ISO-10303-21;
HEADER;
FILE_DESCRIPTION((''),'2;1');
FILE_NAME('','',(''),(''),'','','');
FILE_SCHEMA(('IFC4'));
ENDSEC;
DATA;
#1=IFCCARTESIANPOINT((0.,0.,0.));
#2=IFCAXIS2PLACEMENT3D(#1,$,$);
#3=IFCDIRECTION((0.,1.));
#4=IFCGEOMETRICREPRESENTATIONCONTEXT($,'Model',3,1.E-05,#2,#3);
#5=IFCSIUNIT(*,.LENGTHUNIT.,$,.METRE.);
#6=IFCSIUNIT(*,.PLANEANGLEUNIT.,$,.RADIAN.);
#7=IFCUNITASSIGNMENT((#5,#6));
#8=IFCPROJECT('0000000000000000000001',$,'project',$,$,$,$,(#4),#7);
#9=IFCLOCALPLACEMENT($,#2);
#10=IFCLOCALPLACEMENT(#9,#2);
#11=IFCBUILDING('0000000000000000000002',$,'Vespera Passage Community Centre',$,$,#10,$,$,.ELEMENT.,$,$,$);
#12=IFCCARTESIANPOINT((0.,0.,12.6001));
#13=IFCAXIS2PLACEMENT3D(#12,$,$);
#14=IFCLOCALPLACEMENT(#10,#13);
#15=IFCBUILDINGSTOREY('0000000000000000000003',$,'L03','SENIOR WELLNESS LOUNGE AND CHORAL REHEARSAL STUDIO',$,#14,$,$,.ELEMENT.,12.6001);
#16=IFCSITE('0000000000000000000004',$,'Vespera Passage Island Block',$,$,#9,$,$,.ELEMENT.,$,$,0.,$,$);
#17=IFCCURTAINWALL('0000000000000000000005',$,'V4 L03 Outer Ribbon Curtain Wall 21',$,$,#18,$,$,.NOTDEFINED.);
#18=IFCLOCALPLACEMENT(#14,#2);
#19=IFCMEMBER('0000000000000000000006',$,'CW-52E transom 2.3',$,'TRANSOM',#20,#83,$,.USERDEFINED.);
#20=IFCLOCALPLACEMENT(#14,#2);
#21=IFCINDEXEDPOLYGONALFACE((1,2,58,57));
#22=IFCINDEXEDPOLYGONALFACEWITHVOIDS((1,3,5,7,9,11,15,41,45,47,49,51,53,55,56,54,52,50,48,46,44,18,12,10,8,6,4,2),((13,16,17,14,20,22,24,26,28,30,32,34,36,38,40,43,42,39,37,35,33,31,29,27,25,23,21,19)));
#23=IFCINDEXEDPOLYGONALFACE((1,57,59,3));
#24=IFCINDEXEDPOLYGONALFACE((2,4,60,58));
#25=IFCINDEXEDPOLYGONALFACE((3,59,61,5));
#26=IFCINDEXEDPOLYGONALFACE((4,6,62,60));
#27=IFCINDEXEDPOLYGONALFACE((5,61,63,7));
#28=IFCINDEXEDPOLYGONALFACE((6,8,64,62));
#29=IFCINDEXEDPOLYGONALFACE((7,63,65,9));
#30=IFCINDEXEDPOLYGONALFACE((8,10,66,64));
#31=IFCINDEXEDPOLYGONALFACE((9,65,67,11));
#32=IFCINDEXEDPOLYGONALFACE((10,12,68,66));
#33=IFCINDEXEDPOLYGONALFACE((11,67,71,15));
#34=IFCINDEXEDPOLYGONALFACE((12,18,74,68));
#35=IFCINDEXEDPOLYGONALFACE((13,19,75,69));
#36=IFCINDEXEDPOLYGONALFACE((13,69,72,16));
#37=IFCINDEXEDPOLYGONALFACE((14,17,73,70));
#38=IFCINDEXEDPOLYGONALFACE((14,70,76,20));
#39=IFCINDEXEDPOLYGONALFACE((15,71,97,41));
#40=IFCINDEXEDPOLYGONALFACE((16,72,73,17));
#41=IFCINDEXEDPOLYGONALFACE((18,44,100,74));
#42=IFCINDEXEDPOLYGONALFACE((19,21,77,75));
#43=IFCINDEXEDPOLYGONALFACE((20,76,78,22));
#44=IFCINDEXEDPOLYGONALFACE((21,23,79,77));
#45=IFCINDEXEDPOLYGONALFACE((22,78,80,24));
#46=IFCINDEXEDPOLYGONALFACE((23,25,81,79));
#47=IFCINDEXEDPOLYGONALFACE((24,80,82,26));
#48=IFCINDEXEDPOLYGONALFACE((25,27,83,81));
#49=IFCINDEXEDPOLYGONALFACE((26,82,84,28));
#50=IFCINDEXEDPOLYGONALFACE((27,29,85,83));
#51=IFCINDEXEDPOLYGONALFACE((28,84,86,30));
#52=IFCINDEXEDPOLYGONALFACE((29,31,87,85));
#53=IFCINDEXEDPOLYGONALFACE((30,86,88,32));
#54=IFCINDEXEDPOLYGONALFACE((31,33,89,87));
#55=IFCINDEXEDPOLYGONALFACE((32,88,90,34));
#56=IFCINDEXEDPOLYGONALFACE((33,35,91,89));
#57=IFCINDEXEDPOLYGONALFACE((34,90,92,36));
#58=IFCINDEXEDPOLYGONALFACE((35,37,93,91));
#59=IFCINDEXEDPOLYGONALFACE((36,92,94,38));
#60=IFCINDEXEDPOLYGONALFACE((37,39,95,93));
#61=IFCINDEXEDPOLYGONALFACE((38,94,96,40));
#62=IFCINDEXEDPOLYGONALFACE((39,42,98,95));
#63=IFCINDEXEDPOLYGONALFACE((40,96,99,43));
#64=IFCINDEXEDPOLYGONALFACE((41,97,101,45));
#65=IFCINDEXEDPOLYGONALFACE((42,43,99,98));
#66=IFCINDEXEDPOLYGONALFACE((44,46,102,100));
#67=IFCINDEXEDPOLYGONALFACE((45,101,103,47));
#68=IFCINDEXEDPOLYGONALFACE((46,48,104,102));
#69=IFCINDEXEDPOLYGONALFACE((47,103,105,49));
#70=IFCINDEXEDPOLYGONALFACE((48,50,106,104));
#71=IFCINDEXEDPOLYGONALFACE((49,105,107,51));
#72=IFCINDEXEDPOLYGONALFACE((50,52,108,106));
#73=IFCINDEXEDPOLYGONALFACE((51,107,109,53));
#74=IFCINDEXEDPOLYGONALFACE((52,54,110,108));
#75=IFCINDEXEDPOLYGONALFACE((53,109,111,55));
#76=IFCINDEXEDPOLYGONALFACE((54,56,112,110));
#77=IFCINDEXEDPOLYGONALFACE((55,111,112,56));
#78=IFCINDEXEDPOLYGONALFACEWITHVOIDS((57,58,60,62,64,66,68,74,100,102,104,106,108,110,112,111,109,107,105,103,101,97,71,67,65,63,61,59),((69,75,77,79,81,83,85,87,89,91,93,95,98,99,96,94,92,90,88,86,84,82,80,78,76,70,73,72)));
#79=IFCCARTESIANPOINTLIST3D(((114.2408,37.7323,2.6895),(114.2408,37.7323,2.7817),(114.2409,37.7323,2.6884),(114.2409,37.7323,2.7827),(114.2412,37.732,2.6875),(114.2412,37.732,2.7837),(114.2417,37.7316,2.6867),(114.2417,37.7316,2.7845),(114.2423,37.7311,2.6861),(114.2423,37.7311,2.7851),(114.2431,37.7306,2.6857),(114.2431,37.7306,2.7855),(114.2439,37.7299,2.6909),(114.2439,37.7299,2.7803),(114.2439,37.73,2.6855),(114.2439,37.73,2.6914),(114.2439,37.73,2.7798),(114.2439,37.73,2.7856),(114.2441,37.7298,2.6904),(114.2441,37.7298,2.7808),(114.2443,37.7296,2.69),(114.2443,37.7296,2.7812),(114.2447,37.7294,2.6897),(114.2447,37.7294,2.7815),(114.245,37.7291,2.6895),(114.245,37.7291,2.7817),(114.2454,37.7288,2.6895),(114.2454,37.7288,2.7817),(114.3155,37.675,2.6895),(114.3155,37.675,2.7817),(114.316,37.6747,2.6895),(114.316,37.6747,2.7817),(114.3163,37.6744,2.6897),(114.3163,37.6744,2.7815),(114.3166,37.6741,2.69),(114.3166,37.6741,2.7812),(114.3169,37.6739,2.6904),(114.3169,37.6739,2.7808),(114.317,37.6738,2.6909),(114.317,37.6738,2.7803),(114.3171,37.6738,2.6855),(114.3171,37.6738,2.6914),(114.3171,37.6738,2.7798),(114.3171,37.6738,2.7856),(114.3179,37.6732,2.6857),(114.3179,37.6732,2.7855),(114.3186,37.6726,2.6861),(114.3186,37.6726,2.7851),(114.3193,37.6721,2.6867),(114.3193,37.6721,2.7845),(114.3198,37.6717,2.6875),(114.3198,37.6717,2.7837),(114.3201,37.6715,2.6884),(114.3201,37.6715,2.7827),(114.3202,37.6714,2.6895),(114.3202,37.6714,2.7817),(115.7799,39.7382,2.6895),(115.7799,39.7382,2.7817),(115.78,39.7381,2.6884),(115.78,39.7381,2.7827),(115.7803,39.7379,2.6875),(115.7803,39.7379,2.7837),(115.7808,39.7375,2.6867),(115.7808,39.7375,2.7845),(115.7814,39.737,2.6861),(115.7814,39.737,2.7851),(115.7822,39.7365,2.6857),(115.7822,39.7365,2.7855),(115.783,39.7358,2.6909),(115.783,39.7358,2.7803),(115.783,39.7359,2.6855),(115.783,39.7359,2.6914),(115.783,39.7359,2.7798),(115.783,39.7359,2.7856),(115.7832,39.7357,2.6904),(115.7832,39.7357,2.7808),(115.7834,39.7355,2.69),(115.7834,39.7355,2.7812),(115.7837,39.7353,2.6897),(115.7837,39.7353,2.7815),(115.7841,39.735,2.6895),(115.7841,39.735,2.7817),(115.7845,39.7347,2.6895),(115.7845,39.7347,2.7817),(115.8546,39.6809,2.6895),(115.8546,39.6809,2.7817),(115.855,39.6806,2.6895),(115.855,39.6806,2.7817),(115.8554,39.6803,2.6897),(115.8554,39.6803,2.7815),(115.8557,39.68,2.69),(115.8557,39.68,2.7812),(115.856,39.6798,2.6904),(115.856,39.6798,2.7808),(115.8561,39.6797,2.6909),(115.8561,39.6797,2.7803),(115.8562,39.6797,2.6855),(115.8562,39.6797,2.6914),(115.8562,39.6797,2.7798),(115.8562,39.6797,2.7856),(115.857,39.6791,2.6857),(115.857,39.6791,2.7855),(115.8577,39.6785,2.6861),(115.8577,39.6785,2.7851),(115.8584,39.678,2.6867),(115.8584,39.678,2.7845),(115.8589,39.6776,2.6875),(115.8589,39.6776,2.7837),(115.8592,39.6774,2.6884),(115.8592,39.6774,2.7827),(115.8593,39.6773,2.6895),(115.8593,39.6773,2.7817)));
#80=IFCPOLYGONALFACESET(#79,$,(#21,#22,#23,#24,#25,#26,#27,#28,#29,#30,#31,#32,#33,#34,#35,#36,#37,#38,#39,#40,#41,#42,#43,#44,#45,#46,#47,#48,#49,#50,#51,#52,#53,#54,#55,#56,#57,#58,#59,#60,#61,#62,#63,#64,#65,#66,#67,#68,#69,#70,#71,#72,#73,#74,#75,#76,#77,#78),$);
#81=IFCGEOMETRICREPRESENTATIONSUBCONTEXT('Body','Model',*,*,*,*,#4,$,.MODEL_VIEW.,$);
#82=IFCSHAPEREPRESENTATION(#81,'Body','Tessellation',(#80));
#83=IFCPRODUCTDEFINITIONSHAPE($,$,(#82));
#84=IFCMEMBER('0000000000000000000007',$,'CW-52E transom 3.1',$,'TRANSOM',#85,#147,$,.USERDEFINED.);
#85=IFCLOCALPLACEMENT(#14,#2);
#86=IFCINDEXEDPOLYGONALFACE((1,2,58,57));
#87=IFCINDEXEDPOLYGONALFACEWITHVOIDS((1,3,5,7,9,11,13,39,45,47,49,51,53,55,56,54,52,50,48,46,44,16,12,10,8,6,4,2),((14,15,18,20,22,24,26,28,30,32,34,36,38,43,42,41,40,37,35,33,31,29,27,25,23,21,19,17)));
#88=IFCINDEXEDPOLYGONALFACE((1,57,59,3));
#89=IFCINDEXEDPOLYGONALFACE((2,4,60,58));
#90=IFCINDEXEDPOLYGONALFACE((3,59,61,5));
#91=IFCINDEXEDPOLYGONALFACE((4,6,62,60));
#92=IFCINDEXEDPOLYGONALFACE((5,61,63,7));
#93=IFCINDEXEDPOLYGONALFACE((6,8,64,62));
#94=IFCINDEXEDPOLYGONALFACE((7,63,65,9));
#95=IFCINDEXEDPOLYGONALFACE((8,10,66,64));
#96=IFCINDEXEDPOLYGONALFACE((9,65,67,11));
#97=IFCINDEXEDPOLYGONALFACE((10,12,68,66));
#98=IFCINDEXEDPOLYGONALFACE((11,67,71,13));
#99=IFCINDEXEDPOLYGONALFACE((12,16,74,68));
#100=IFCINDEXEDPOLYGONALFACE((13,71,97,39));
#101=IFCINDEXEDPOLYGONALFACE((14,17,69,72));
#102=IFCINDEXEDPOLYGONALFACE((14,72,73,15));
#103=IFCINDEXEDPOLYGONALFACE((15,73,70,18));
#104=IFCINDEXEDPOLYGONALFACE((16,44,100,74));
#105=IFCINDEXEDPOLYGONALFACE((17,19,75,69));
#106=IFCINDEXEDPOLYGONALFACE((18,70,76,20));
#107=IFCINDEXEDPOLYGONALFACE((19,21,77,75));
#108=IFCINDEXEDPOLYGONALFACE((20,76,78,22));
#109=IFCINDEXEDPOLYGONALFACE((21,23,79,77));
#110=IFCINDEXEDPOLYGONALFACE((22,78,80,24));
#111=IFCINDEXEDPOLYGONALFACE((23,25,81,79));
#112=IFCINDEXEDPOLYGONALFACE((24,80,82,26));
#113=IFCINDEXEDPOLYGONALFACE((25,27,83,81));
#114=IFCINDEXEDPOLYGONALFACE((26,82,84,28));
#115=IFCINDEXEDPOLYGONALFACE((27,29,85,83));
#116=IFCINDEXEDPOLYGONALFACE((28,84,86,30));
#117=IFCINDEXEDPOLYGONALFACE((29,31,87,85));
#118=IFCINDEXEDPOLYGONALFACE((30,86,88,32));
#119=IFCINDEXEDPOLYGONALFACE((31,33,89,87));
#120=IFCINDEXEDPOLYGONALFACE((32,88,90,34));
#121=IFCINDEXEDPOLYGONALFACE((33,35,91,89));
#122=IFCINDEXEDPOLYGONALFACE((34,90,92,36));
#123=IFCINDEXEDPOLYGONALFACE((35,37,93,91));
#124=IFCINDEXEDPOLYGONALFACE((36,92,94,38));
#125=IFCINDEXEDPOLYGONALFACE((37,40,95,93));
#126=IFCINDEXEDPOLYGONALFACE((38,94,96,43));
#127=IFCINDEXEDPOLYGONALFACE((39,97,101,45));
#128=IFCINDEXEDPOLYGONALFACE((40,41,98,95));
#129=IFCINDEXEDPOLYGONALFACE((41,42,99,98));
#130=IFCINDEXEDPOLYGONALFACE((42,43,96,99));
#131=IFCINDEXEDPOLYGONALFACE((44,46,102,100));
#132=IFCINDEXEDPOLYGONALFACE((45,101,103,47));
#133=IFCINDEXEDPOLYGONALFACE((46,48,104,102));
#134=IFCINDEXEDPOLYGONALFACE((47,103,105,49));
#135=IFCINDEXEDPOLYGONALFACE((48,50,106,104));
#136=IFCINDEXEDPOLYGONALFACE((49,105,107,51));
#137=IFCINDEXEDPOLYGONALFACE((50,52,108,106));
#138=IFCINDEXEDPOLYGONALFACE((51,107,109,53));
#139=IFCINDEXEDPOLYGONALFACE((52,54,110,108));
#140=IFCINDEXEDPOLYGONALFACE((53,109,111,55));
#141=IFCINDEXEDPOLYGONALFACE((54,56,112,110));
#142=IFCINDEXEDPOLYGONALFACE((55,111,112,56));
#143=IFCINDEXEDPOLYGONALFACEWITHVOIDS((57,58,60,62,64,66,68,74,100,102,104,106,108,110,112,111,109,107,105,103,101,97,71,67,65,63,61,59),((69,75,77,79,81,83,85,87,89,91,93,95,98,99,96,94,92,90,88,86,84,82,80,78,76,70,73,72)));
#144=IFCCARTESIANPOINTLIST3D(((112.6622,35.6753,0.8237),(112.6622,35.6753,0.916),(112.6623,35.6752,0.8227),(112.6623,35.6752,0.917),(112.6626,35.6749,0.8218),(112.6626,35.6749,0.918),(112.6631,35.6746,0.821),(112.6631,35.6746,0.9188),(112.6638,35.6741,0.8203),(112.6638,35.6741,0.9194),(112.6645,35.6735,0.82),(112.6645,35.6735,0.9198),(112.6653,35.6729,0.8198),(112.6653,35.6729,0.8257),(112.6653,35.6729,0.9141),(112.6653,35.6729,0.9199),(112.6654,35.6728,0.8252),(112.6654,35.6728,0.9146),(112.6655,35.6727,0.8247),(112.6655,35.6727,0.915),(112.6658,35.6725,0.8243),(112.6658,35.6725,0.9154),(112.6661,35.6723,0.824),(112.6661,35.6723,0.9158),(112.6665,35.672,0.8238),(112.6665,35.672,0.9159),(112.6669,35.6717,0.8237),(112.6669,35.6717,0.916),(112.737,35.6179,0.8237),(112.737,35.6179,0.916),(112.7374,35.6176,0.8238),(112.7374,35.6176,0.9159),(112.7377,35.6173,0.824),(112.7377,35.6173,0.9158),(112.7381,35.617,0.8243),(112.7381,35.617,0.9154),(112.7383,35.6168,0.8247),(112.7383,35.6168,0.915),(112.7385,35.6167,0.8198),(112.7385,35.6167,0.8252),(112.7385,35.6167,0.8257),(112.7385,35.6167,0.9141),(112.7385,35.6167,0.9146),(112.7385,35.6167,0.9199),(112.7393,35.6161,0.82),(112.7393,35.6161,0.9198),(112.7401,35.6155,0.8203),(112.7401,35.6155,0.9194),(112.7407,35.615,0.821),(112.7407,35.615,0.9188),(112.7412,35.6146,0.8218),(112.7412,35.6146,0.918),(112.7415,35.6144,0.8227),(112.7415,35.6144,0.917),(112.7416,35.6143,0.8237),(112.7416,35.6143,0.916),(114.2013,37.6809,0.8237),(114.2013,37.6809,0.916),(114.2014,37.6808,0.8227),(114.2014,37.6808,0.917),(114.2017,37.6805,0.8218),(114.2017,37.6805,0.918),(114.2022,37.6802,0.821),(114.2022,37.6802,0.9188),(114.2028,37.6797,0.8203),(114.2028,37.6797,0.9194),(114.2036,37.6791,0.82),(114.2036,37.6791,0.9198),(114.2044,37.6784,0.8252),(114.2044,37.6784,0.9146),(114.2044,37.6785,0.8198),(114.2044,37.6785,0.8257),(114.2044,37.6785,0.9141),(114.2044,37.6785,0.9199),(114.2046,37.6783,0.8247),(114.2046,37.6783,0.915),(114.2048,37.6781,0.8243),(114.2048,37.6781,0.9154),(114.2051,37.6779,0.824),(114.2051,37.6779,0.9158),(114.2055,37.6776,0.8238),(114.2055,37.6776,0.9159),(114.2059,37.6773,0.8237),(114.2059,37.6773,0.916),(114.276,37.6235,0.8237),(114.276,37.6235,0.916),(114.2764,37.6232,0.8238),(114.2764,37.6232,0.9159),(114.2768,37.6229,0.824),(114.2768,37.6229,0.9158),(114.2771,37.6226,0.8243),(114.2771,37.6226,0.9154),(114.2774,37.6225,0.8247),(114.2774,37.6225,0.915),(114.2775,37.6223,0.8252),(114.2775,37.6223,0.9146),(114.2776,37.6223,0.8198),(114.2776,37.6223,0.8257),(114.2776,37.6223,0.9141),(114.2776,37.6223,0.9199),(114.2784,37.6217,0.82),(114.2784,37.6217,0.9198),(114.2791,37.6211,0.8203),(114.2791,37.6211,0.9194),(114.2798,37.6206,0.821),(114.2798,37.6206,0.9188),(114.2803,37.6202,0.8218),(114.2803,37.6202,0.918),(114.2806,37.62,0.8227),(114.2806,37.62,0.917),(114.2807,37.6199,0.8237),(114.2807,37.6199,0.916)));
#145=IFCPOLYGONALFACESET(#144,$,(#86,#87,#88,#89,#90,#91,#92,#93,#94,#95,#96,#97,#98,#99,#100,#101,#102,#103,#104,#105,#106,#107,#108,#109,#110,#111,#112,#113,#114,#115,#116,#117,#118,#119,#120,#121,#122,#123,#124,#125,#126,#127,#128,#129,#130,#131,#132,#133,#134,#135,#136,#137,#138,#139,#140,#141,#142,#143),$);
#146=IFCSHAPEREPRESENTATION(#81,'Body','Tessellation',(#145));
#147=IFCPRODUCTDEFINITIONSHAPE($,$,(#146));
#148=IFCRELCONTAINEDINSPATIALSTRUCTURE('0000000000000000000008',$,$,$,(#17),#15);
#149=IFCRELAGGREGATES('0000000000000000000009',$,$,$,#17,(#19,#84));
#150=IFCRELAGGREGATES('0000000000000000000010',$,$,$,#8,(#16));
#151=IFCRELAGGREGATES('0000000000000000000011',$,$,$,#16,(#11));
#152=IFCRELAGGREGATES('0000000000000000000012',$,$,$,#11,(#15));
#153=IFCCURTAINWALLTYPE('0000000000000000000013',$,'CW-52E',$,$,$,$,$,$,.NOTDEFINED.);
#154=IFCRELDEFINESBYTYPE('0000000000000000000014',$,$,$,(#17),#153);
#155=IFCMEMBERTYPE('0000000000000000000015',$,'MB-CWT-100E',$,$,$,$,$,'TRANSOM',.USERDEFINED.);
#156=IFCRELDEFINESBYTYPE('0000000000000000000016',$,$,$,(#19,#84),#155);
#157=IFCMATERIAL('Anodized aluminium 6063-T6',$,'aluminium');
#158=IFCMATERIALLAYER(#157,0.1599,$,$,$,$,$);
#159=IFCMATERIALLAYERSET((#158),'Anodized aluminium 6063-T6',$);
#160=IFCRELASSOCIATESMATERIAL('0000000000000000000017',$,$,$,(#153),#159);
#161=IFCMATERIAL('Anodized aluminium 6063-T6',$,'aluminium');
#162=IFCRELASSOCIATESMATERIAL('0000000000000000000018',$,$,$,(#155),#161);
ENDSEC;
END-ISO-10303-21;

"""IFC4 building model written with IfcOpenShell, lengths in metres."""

from ifc_helpers import new_model, si_unit, direction, frame, origin, origin_2d, place, context, subcontext, project, spatial, hollow_rectangle, extrude, material, layer, layer_set, material_profile, profile_set, type_object, element, aggregate, save


model = new_model("IFC4")

# Units and contexts
model_context = context("Model", 3, precision=1e-05, world=origin(), true_north=direction((0.0, 1.0)))
body_context = subcontext(model_context, "Body", "Model", "MODEL_VIEW")
ifc_project = project(units=[si_unit("LENGTHUNIT", "METRE"), si_unit("PLANEANGLEUNIT", "RADIAN")], contexts=[model_context])

# Site, building, storey
site_placement = place(None, origin())
site = spatial("IfcSite", under=ifc_project, at=site_placement, Name="Vespera Passage Island Block", CompositionType="ELEMENT", RefElevation=0.0)
building_placement = place(site_placement, origin())
building = spatial("IfcBuilding", under=site, at=building_placement, Name="Vespera Passage Community Centre", CompositionType="ELEMENT")
storey_placement = place(building_placement, frame((0.0, 0.0, 12.6001)))
storey = spatial("IfcBuildingStorey", under=building, at=storey_placement, Name="L03", Description="SENIOR WELLNESS LOUNGE AND CHORAL REHEARSAL STUDIO", CompositionType="ELEMENT", Elevation=12.6001)

# Curtain wall, members
ifc_material_1 = material(Name="Anodized aluminium 6063-T6", Category="aluminium")
ifc_layer_1 = layer(ifc_material_1, 0.1599)
ifc_layer_set_1 = layer_set([ifc_layer_1], Name="Anodized aluminium 6063-T6")
curtain_wall_type = type_object("IfcCurtainWallType", Name="CW-52E", PredefinedType="NOTDEFINED", material=ifc_layer_set_1)
curtain_wall_placement = place(storey_placement, origin())
curtain_wall = element("IfcCurtainWall", 1, at=curtain_wall_placement, inside=storey, type_object=curtain_wall_type, Name="V4 L03 Outer Ribbon Curtain Wall 21", PredefinedType="NOTDEFINED")
ifc_material_2 = material(Name="Anodized aluminium 6063-T6", Category="aluminium")
ifc_material_profile_1 = material_profile(ifc_material_2, hollow_rectangle(XDim=0.1001, YDim=0.1001, WallThickness=0.0039, InnerFilletRadius=0.002, OuterFilletRadius=0.0039, at=origin_2d()), Name="ALU100X100X4")
ifc_profile_set_1 = profile_set([ifc_material_profile_1], Name="Anodized aluminium 6063-T6")
member_type_1 = type_object("IfcMemberType", Name="MB-CWT-100E", ElementType="TRANSOM", PredefinedType="USERDEFINED", material=ifc_profile_set_1)
member_1_placement = place(storey_placement, frame((115.8196, 39.7078, 2.7356), z_axis=(-0.60874, -0.79337, 0.0), x_axis=(0.79337, -0.60874, 0.0)))
member_1 = element("IfcMember", 2, at=member_1_placement, type_object=member_type_1, Name="CW-52E transom 2.3", ObjectType="TRANSOM", PredefinedType="USERDEFINED", context=body_context, shape_type="SweptSolid", body=[
    extrude(hollow_rectangle(XDim=0.1001, YDim=0.1001, WallThickness=0.0039, InnerFilletRadius=0.002, OuterFilletRadius=0.0039, at=origin_2d()), origin(), (0.0, 0.0, 1.0), 2.5283),
])
member_2_placement = place(storey_placement, frame((114.241, 37.6504, 0.8699), z_axis=(-0.608786, -0.793334, 0.0), x_axis=(0.793334, -0.608786, 0.0)))
member_2 = element("IfcMember", 3, at=member_2_placement, type_object=member_type_1, Name="CW-52E transom 3.1", ObjectType="TRANSOM", PredefinedType="USERDEFINED", context=body_context, shape_type="SweptSolid", body=[
    extrude(hollow_rectangle(XDim=0.1001, YDim=0.1001, WallThickness=0.0039, InnerFilletRadius=0.002, OuterFilletRadius=0.0039, at=origin_2d()), origin(), (0.0, 0.0, 1.0), 2.5281),
])
aggregate(curtain_wall, [member_1, member_2])

save(model, "model.ifc")
